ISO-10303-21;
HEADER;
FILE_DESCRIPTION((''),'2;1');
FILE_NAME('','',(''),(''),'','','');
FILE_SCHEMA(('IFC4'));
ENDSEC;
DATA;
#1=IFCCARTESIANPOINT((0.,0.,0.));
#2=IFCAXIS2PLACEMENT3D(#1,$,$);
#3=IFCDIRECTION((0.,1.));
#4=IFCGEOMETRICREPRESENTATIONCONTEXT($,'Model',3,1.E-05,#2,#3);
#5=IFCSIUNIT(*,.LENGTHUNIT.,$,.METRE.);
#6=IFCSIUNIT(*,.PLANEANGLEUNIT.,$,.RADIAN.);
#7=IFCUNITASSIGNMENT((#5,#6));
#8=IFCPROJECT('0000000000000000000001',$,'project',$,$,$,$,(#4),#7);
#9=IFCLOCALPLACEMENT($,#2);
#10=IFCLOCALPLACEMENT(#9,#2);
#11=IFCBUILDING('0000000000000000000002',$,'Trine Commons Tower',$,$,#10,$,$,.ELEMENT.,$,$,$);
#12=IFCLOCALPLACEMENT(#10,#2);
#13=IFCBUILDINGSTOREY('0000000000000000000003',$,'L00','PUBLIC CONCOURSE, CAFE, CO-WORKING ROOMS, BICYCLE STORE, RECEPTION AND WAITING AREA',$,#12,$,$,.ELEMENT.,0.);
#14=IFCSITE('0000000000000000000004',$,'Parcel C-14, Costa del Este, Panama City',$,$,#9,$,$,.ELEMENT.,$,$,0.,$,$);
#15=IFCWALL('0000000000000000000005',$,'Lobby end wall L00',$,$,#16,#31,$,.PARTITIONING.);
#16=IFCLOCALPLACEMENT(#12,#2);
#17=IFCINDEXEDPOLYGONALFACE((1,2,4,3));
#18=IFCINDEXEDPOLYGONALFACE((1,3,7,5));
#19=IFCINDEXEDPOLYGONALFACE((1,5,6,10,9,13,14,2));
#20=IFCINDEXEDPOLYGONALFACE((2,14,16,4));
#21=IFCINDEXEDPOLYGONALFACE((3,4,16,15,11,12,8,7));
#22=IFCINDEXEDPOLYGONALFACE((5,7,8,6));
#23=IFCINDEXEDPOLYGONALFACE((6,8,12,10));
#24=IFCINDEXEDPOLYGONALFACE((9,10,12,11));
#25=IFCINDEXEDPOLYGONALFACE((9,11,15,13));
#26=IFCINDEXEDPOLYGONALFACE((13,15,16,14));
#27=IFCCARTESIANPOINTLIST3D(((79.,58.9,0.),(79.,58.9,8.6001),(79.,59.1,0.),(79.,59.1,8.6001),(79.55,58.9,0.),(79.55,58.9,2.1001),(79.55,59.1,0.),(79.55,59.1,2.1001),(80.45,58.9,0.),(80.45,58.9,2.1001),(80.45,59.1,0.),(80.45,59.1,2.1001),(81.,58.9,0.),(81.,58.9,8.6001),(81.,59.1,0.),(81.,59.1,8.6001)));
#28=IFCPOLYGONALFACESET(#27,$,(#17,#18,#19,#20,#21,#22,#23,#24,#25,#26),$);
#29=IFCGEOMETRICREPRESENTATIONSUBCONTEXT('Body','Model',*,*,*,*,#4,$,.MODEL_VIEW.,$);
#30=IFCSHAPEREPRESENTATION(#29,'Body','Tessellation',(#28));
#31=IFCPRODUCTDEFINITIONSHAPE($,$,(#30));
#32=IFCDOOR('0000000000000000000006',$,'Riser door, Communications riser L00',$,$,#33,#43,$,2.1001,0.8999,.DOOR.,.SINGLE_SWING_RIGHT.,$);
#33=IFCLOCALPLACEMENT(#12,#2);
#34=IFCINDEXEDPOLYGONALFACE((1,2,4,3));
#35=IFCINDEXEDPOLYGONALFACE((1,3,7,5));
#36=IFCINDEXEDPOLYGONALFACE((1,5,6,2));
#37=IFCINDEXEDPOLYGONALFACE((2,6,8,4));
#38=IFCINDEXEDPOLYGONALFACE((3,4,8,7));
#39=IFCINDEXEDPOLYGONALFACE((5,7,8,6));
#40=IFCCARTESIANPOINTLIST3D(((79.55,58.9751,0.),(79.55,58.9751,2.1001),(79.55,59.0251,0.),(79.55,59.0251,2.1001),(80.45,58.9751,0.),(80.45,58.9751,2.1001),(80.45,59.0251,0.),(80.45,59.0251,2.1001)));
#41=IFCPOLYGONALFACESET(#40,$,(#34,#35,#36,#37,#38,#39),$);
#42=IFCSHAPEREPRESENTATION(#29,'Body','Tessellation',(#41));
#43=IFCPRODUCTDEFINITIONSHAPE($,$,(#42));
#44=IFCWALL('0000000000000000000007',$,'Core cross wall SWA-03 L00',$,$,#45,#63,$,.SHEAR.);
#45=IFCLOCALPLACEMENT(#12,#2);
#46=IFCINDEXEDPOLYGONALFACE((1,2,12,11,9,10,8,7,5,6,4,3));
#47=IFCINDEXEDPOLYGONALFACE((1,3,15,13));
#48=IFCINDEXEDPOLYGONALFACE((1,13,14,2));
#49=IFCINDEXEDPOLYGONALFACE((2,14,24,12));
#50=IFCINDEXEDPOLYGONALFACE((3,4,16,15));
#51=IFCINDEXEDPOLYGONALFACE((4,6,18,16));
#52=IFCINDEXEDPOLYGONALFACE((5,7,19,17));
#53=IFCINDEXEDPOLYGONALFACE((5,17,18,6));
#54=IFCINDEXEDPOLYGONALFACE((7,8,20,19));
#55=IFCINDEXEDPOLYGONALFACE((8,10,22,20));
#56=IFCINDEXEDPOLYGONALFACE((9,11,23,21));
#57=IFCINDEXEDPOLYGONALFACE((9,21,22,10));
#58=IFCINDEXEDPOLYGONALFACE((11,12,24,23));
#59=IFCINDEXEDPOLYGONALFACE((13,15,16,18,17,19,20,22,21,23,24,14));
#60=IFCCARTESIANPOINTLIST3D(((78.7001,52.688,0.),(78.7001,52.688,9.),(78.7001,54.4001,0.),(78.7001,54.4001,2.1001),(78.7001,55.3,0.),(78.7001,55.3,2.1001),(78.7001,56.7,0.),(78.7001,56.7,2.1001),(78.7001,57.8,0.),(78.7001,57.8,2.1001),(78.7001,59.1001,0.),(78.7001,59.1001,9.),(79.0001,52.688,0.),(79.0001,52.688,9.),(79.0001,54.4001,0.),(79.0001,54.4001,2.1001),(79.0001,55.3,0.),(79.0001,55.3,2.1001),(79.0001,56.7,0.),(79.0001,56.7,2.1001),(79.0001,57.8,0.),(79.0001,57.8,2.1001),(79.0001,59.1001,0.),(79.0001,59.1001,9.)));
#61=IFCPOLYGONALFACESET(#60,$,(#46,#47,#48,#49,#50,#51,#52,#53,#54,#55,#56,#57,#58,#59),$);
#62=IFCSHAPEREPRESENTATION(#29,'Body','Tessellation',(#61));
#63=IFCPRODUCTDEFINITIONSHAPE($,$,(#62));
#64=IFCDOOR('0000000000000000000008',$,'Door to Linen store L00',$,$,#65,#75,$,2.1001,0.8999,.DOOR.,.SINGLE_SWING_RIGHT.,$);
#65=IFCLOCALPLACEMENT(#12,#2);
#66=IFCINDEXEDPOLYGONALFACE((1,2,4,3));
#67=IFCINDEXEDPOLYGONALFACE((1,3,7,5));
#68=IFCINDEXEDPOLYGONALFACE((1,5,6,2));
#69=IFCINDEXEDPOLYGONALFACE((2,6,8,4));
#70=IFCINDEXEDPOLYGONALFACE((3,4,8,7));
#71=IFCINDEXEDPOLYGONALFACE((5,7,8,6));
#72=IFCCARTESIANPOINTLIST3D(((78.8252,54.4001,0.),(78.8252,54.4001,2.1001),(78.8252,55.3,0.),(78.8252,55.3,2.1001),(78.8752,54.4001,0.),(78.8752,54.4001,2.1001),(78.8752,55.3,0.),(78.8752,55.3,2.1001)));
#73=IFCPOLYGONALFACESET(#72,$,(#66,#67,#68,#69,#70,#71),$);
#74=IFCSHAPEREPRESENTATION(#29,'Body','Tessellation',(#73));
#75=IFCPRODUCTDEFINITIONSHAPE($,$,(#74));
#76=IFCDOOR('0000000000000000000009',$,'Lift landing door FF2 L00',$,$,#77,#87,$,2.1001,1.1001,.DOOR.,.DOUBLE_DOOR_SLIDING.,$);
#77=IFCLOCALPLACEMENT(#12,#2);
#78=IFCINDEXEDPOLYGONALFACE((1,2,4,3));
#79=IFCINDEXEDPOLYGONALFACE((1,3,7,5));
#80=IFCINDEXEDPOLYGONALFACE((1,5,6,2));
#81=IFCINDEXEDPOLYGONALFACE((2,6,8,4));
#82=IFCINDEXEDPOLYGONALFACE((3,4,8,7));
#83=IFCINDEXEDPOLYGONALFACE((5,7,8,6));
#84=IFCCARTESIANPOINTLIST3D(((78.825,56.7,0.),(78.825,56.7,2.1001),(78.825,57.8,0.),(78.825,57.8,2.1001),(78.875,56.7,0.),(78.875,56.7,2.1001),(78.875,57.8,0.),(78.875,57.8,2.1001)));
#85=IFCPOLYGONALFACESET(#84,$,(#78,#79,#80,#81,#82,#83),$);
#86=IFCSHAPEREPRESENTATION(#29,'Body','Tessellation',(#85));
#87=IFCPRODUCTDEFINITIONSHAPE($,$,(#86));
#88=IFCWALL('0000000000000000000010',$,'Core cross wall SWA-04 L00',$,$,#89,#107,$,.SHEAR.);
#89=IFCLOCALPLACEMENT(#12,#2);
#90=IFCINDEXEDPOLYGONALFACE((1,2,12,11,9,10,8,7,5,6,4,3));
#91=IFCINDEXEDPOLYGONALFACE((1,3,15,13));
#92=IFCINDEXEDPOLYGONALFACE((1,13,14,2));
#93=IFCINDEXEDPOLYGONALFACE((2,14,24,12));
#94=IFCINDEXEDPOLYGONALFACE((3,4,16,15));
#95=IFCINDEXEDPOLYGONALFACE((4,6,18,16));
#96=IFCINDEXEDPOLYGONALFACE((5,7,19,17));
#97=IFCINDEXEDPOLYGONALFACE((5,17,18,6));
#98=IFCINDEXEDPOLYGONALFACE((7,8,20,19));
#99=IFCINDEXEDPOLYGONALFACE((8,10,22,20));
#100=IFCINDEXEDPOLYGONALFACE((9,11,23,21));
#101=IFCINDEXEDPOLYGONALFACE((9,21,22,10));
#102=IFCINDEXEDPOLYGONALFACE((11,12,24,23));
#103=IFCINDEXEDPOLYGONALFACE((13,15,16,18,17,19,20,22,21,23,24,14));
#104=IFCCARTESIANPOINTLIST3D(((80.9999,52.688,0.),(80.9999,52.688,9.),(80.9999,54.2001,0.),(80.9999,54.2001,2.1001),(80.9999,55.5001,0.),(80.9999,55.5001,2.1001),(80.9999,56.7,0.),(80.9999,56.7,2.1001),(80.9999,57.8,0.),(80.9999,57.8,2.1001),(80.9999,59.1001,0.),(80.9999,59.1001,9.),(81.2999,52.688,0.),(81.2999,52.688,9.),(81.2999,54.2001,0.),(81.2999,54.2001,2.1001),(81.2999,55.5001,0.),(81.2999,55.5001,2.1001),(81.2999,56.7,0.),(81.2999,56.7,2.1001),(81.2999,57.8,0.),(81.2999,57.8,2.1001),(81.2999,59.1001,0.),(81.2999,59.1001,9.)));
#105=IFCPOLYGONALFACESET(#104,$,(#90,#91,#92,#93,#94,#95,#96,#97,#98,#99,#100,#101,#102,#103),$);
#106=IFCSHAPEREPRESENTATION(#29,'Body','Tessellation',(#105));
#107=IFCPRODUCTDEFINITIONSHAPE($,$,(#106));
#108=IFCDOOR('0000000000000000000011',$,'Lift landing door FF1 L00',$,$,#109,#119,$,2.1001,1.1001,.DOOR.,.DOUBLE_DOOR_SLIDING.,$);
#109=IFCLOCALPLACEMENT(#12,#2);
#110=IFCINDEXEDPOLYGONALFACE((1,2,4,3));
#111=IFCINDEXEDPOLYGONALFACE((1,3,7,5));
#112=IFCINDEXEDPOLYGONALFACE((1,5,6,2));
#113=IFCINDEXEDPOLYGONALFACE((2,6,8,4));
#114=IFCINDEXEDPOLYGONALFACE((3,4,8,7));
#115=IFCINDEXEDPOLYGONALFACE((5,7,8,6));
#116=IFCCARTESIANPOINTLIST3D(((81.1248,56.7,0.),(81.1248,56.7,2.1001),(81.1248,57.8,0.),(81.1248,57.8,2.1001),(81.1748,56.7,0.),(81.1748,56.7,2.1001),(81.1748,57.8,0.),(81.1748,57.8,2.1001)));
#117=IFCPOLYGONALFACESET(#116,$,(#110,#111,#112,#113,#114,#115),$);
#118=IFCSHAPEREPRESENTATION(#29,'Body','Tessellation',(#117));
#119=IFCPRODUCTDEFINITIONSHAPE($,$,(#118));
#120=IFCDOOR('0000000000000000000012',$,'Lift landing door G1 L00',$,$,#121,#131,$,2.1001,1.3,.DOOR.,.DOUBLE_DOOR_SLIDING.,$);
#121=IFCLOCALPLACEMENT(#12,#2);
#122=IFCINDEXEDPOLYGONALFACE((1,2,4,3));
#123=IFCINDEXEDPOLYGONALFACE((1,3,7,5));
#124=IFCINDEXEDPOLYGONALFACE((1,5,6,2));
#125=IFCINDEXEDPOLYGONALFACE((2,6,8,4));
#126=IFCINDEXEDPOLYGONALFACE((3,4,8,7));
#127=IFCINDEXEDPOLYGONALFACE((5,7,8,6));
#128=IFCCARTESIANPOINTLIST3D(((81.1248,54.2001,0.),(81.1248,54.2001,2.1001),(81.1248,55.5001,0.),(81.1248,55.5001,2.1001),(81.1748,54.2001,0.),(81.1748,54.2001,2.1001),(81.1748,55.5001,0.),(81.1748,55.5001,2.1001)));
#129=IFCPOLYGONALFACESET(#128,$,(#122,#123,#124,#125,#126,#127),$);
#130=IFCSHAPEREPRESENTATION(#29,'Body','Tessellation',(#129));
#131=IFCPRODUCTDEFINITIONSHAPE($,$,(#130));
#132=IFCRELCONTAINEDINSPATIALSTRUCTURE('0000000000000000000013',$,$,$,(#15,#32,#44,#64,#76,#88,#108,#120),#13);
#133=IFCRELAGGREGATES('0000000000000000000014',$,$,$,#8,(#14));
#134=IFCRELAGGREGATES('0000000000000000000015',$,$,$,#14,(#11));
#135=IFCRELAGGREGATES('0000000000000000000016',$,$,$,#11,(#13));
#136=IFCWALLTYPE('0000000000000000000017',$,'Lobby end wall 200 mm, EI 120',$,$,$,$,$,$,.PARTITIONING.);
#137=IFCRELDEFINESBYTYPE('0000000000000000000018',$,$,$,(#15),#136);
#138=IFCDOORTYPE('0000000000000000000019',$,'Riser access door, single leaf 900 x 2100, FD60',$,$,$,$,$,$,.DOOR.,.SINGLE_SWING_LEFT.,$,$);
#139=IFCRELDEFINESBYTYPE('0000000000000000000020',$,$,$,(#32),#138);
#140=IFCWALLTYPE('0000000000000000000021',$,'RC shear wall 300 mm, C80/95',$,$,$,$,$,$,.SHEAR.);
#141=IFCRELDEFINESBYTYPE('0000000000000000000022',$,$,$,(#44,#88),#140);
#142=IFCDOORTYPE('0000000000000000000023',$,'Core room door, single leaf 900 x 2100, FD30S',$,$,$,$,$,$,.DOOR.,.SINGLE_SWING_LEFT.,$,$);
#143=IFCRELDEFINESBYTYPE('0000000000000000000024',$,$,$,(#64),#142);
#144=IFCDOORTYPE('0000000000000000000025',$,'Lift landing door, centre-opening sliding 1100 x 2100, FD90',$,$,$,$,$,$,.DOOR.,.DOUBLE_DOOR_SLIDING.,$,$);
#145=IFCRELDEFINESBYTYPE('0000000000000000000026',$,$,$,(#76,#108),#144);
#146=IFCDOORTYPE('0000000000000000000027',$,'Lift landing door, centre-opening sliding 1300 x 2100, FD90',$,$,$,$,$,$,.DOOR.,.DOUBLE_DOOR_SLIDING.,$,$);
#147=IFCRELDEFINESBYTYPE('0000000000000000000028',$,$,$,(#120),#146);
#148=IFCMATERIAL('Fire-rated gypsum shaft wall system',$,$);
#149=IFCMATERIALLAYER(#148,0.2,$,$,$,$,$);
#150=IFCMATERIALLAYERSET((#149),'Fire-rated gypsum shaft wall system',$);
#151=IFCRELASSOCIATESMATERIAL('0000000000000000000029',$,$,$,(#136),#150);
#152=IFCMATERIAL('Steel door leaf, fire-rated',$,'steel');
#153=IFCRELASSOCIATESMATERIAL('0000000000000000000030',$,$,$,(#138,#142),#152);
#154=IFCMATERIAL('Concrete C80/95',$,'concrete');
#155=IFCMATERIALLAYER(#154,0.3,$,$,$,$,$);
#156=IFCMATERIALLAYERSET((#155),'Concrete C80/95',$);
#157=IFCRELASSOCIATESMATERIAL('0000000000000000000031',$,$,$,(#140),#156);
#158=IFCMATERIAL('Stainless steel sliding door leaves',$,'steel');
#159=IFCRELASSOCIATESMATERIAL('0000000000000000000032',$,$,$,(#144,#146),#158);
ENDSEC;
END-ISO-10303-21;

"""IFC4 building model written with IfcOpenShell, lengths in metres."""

from ifc_helpers import new_model, si_unit, direction, frame, frame_2d, origin, place, context, subcontext, project, spatial, rectangle, extrude, material, layer, layer_set, type_object, element, fill, save


model = new_model("IFC4")

# Units and contexts
model_context = context("Model", 3, precision=1e-05, world=origin(), true_north=direction((0.0, 1.0)))
body_context = subcontext(model_context, "Body", "Model", "MODEL_VIEW")
ifc_project = project(units=[si_unit("LENGTHUNIT", "METRE"), si_unit("PLANEANGLEUNIT", "RADIAN")], contexts=[model_context])

# Site, building, storey
site_placement = place(None, origin())
site = spatial("IfcSite", under=ifc_project, at=site_placement, Name="Parcel C-14, Costa del Este, Panama City", CompositionType="ELEMENT", RefElevation=0.0)
building_placement = place(site_placement, origin())
building = spatial("IfcBuilding", under=site, at=building_placement, Name="Trine Commons Tower", CompositionType="ELEMENT")
storey_placement = place(building_placement, origin())
storey = spatial("IfcBuildingStorey", under=building, at=storey_placement, Name="L00", Description="PUBLIC CONCOURSE, CAFE, CO-WORKING ROOMS, BICYCLE STORE, RECEPTION AND WAITING AREA", CompositionType="ELEMENT", Elevation=0.0)

# Wall, opening, door
ifc_material_1 = material(Name="Fire-rated gypsum shaft wall system")
ifc_layer_1 = layer(ifc_material_1, 0.2)
ifc_layer_set_1 = layer_set([ifc_layer_1], Name="Fire-rated gypsum shaft wall system")
wall_type_1 = type_object("IfcWallType", Name="Lobby end wall 200 mm, EI 120", PredefinedType="PARTITIONING", material=ifc_layer_set_1)
wall_1_placement = place(storey_placement, frame((79.0, 59.0, 0.0), z_axis=(0.0, 0.0, 1.0), x_axis=(1.0, 0.0, 0.0)))
wall_1 = element("IfcWall", 1, at=wall_1_placement, inside=storey, type_object=wall_type_1, Name="Lobby end wall L00", PredefinedType="PARTITIONING", context=body_context, shape_type="SweptSolid", body=[
    extrude(rectangle(XDim=2.0, YDim=0.2, at=frame_2d((1.0, 0.0))), origin(), (0.0, 0.0, 1.0), 8.6001),
])
opening_1_placement = place(wall_1_placement, frame((0.55, 0.0, 0.0)))
opening_1 = element("IfcOpeningElement", 2, at=opening_1_placement, cuts=wall_1, PredefinedType="OPENING", context=body_context, shape_type="SweptSolid", body=[
    extrude(rectangle(XDim=0.8999, YDim=2.1001, at=frame_2d((0.45, 1.05))), frame((0.0, 0.1099, 0.0), z_axis=(0.0, -1.0, 0.0), x_axis=(1.0, 0.0, 0.0)), (0.0, 0.0, 1.0), 0.22),
])
ifc_material_2 = material(Name="Steel door leaf, fire-rated", Category="steel")
door_type_1 = type_object("IfcDoorType", Name="Riser access door, single leaf 900 x 2100, FD60", OperationType="SINGLE_SWING_LEFT", PredefinedType="DOOR", material=ifc_material_2)
door_1_placement = place(opening_1_placement, frame((0.8999, 0.0, 0.0), z_axis=(0.0, 0.0, 1.0), x_axis=(-1.0, 0.0, 0.0)))
door_1 = element("IfcDoor", 3, at=door_1_placement, inside=storey, type_object=door_type_1, Name="Riser door, Communications riser L00", OperationType="SINGLE_SWING_RIGHT", OverallHeight=2.1001, OverallWidth=0.8999, PredefinedType="DOOR", context=body_context, shape_type="SweptSolid", body=[
    extrude(rectangle(XDim=0.8999, YDim=2.1001, at=frame_2d((0.45, 1.05))), frame((0.0, 0.0249, 0.0), z_axis=(0.0, -1.0, 0.0), x_axis=(1.0, 0.0, 0.0)), (0.0, 0.0, 1.0), 0.05),
])
fill(opening_1, door_1)

# Walls, openings, doors
ifc_material_3 = material(Name="Concrete C80/95", Category="concrete")
ifc_layer_2 = layer(ifc_material_3, 0.3)
ifc_layer_set_2 = layer_set([ifc_layer_2], Name="Concrete C80/95")
wall_type_2 = type_object("IfcWallType", Name="RC shear wall 300 mm, C80/95", PredefinedType="SHEAR", material=ifc_layer_set_2)
wall_2_placement = place(storey_placement, frame((78.8501, 59.1001, 0.0), z_axis=(0.0, 0.0, 1.0), x_axis=(0.0, -1.0, 0.0)))
wall_2 = element("IfcWall", 4, at=wall_2_placement, inside=storey, type_object=wall_type_2, Name="Core cross wall SWA-03 L00", PredefinedType="SHEAR", context=body_context, shape_type="SweptSolid", body=[
    extrude(rectangle(XDim=6.4121, YDim=0.3, at=frame_2d((3.2061, 0.0))), origin(), (0.0, 0.0, 1.0), 9.0),
])
opening_2_placement = place(wall_2_placement, frame((3.8, 0.0, 0.0)))
opening_2 = element("IfcOpeningElement", 5, at=opening_2_placement, cuts=wall_2, PredefinedType="OPENING", context=body_context, shape_type="SweptSolid", body=[
    extrude(rectangle(XDim=0.8999, YDim=2.1001, at=frame_2d((0.45, 1.05))), frame((0.0, 0.1599, 0.0), z_axis=(0.0, -1.0, 0.0), x_axis=(1.0, 0.0, 0.0)), (0.0, 0.0, 1.0), 0.3201),
])
opening_3_placement = place(wall_2_placement, frame((1.3, 0.0, 0.0)))
opening_3 = element("IfcOpeningElement", 6, at=opening_3_placement, cuts=wall_2, PredefinedType="OPENING", context=body_context, shape_type="SweptSolid", body=[
    extrude(rectangle(XDim=1.1001, YDim=2.1001, at=frame_2d((0.55, 1.05))), frame((0.0, 0.1599, 0.0), z_axis=(0.0, -1.0, 0.0), x_axis=(1.0, 0.0, 0.0)), (0.0, 0.0, 1.0), 0.3201),
])
door_type_2 = type_object("IfcDoorType", Name="Core room door, single leaf 900 x 2100, FD30S", OperationType="SINGLE_SWING_LEFT", PredefinedType="DOOR", material=ifc_material_2)
door_2_placement = place(opening_2_placement, frame((0.8999, 0.0, 0.0), z_axis=(0.0, 0.0, 1.0), x_axis=(-1.0, 0.0, 0.0)))
door_2 = element("IfcDoor", 7, at=door_2_placement, inside=storey, type_object=door_type_2, Name="Door to Linen store L00", OperationType="SINGLE_SWING_RIGHT", OverallHeight=2.1001, OverallWidth=0.8999, PredefinedType="DOOR", context=body_context, shape_type="SweptSolid", body=[
    extrude(rectangle(XDim=0.8999, YDim=2.1001, at=frame_2d((0.45, 1.05))), frame((0.0, 0.0249, 0.0), z_axis=(0.0, -1.0, 0.0), x_axis=(1.0, 0.0, 0.0)), (0.0, 0.0, 1.0), 0.05),
])
fill(opening_2, door_2)
ifc_material_4 = material(Name="Stainless steel sliding door leaves", Category="steel")
door_type_3 = type_object("IfcDoorType", Name="Lift landing door, centre-opening sliding 1100 x 2100, FD90", OperationType="DOUBLE_DOOR_SLIDING", PredefinedType="DOOR", material=ifc_material_4)
door_3_placement = place(opening_3_placement, origin())
door_3 = element("IfcDoor", 8, at=door_3_placement, inside=storey, type_object=door_type_3, Name="Lift landing door FF2 L00", OperationType="DOUBLE_DOOR_SLIDING", OverallHeight=2.1001, OverallWidth=1.1001, PredefinedType="DOOR", context=body_context, shape_type="SweptSolid", body=[
    extrude(rectangle(XDim=1.1001, YDim=2.1001, at=frame_2d((0.55, 1.05))), frame((0.0, 0.0249, 0.0), z_axis=(0.0, -1.0, 0.0), x_axis=(1.0, 0.0, 0.0)), (0.0, 0.0, 1.0), 0.05),
])
fill(opening_3, door_3)
wall_3_placement = place(storey_placement, frame((81.1499, 59.1001, 0.0), z_axis=(0.0, 0.0, 1.0), x_axis=(0.0, -1.0, 0.0)))
wall_3 = element("IfcWall", 9, at=wall_3_placement, inside=storey, type_object=wall_type_2, Name="Core cross wall SWA-04 L00", PredefinedType="SHEAR", context=body_context, shape_type="SweptSolid", body=[
    extrude(rectangle(XDim=6.4121, YDim=0.3, at=frame_2d((3.2061, 0.0))), origin(), (0.0, 0.0, 1.0), 9.0),
])
opening_4_placement = place(wall_3_placement, frame((3.6001, 0.0, 0.0)))
opening_4 = element("IfcOpeningElement", 10, at=opening_4_placement, cuts=wall_3, PredefinedType="OPENING", context=body_context, shape_type="SweptSolid", body=[
    extrude(rectangle(XDim=1.3, YDim=2.1001, at=frame_2d((0.6499, 1.05))), frame((0.0, 0.1599, 0.0), z_axis=(0.0, -1.0, 0.0), x_axis=(1.0, 0.0, 0.0)), (0.0, 0.0, 1.0), 0.3201),
])
opening_5_placement = place(wall_3_placement, frame((1.3, 0.0, 0.0)))
opening_5 = element("IfcOpeningElement", 11, at=opening_5_placement, cuts=wall_3, PredefinedType="OPENING", context=body_context, shape_type="SweptSolid", body=[
    extrude(rectangle(XDim=1.1001, YDim=2.1001, at=frame_2d((0.55, 1.05))), frame((0.0, 0.1599, 0.0), z_axis=(0.0, -1.0, 0.0), x_axis=(1.0, 0.0, 0.0)), (0.0, 0.0, 1.0), 0.3201),
])
door_4_placement = place(opening_5_placement, origin())
door_4 = element("IfcDoor", 12, at=door_4_placement, inside=storey, type_object=door_type_3, Name="Lift landing door FF1 L00", OperationType="DOUBLE_DOOR_SLIDING", OverallHeight=2.1001, OverallWidth=1.1001, PredefinedType="DOOR", context=body_context, shape_type="SweptSolid", body=[
    extrude(rectangle(XDim=1.1001, YDim=2.1001, at=frame_2d((0.55, 1.05))), frame((0.0, 0.0249, 0.0), z_axis=(0.0, -1.0, 0.0), x_axis=(1.0, 0.0, 0.0)), (0.0, 0.0, 1.0), 0.05),
])
fill(opening_5, door_4)
door_type_4 = type_object("IfcDoorType", Name="Lift landing door, centre-opening sliding 1300 x 2100, FD90", OperationType="DOUBLE_DOOR_SLIDING", PredefinedType="DOOR", material=ifc_material_4)
door_5_placement = place(opening_4_placement, origin())
door_5 = element("IfcDoor", 13, at=door_5_placement, inside=storey, type_object=door_type_4, Name="Lift landing door G1 L00", OperationType="DOUBLE_DOOR_SLIDING", OverallHeight=2.1001, OverallWidth=1.3, PredefinedType="DOOR", context=body_context, shape_type="SweptSolid", body=[
    extrude(rectangle(XDim=1.3, YDim=2.1001, at=frame_2d((0.6499, 1.05))), frame((0.0, 0.0249, 0.0), z_axis=(0.0, -1.0, 0.0), x_axis=(1.0, 0.0, 0.0)), (0.0, 0.0, 1.0), 0.05),
])
fill(opening_4, door_5)

save(model, "model.ifc")
